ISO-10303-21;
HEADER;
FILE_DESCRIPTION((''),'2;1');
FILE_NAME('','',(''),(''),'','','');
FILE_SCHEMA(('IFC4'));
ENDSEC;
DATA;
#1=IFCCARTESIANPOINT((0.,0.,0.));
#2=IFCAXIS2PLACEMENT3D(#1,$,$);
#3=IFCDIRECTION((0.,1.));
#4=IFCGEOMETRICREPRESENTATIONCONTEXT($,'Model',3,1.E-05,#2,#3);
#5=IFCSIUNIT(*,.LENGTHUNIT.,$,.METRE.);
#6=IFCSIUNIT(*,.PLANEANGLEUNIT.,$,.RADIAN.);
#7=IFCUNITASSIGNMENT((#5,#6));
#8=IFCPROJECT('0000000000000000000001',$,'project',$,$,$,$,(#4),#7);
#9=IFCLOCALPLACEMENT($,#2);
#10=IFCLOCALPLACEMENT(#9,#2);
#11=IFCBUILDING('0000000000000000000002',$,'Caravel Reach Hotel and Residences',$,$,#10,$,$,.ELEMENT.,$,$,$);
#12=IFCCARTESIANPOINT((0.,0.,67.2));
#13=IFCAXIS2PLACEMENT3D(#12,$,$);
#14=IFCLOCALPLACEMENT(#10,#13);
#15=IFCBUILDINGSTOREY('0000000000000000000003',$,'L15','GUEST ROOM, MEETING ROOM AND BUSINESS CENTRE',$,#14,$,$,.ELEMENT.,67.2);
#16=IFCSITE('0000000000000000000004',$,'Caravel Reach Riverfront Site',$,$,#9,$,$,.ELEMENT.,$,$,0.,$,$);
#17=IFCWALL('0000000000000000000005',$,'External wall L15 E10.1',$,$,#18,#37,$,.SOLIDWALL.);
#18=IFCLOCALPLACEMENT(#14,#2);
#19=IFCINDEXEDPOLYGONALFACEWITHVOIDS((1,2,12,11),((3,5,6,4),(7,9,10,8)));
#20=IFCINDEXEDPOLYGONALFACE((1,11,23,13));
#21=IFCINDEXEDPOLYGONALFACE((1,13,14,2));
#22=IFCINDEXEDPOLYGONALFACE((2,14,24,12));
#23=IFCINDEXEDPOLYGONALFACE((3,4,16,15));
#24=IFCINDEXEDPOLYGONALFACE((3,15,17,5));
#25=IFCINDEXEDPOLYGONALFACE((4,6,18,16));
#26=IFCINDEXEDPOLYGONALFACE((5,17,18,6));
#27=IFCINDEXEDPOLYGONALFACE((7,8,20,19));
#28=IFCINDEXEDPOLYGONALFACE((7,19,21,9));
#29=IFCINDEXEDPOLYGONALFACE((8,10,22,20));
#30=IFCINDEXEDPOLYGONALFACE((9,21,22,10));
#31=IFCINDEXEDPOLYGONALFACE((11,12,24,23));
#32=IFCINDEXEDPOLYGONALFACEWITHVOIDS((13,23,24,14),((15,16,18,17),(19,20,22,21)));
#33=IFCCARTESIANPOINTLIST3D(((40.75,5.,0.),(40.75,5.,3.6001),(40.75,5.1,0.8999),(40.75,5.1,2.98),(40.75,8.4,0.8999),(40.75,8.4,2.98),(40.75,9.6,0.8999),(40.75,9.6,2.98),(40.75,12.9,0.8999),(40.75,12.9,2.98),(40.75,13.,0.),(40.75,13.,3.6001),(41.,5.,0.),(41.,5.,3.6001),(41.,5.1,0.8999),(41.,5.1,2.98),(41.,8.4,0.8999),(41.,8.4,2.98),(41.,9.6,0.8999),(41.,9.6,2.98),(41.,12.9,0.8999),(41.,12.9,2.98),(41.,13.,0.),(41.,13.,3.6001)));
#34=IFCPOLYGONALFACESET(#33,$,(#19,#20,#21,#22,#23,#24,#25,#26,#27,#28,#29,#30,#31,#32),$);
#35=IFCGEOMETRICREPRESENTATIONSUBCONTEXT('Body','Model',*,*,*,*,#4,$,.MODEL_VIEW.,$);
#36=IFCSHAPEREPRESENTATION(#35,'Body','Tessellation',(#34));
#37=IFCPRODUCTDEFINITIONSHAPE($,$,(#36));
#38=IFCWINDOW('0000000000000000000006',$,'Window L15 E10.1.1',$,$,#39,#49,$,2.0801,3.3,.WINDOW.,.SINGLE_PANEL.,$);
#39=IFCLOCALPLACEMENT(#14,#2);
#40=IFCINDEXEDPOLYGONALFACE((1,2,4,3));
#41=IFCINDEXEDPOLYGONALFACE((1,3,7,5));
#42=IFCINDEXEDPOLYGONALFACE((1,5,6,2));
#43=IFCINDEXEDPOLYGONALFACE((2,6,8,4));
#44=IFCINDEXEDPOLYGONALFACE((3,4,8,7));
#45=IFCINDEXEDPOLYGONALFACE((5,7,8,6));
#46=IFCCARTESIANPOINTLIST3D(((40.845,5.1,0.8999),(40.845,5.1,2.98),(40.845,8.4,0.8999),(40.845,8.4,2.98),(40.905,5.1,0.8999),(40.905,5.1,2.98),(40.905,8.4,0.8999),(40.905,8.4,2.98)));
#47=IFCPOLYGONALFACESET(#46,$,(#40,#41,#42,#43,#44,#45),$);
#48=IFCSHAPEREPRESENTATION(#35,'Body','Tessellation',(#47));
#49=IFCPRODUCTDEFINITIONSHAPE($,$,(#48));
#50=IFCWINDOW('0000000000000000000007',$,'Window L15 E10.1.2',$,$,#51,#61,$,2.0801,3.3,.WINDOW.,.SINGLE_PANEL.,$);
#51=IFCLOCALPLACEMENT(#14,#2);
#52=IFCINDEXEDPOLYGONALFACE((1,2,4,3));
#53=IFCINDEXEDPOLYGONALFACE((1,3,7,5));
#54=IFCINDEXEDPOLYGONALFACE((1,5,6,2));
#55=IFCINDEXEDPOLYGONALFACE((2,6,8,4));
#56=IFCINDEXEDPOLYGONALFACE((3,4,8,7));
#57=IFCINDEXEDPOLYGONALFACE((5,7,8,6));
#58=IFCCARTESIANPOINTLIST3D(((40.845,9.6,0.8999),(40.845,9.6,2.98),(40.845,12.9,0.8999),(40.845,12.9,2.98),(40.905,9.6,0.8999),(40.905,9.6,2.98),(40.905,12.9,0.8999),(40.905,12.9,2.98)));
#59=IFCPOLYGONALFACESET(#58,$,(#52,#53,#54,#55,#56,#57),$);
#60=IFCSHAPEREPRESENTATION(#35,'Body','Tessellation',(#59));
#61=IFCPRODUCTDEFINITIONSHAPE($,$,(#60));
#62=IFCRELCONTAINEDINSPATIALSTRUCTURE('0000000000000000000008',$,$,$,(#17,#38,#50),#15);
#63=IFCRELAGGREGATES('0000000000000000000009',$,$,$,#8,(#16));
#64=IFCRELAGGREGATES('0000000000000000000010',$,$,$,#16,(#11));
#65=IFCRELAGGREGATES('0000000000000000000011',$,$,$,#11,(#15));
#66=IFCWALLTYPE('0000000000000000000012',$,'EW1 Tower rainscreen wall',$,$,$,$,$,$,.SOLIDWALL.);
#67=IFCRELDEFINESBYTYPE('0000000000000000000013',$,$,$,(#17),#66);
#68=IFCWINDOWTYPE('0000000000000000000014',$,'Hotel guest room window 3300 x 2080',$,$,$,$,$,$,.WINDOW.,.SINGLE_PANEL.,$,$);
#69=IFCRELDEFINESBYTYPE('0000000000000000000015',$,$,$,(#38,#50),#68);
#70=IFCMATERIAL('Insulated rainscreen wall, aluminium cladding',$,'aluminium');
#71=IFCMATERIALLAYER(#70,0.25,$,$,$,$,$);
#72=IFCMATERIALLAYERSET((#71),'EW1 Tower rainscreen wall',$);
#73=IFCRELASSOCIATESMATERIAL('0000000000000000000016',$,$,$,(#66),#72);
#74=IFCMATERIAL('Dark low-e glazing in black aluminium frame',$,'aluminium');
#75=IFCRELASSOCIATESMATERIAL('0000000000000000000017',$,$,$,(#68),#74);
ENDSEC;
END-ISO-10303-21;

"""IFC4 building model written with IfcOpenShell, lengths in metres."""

from ifc_helpers import new_model, si_unit, direction, frame, frame_2d, origin, place, context, subcontext, project, spatial, rectangle, extrude, material, layer, layer_set, type_object, element, fill, save


model = new_model("IFC4")

# Units and contexts
model_context = context("Model", 3, precision=1e-05, world=origin(), true_north=direction((0.0, 1.0)))
body_context = subcontext(model_context, "Body", "Model", "MODEL_VIEW")
ifc_project = project(units=[si_unit("LENGTHUNIT", "METRE"), si_unit("PLANEANGLEUNIT", "RADIAN")], contexts=[model_context])

# Site, building, storey
site_placement = place(None, origin())
site = spatial("IfcSite", under=ifc_project, at=site_placement, Name="Caravel Reach Riverfront Site", CompositionType="ELEMENT", RefElevation=0.0)
building_placement = place(site_placement, origin())
building = spatial("IfcBuilding", under=site, at=building_placement, Name="Caravel Reach Hotel and Residences", CompositionType="ELEMENT")
storey_placement = place(building_placement, frame((0.0, 0.0, 67.2)))
storey = spatial("IfcBuildingStorey", under=building, at=storey_placement, Name="L15", Description="GUEST ROOM, MEETING ROOM AND BUSINESS CENTRE", CompositionType="ELEMENT", Elevation=67.2)

# Shared definitions
ifc_material_1 = material(Name="Insulated rainscreen wall, aluminium cladding", Category="aluminium")
ifc_layer = layer(ifc_material_1, 0.25)
ifc_layer_set = layer_set([ifc_layer], Name="EW1 Tower rainscreen wall")
wall_type = type_object("IfcWallType", Name="EW1 Tower rainscreen wall", PredefinedType="SOLIDWALL", material=ifc_layer_set)

# Wall, openings, windows
wall_1_placement = place(storey_placement, frame((40.875, 5.0, 0.0), z_axis=(0.0, 0.0, 1.0), x_axis=(0.0, 1.0, 0.0)))
wall_1 = element("IfcWall", 1, at=wall_1_placement, inside=storey, type_object=wall_type, Name="External wall L15 E10.1", PredefinedType="SOLIDWALL", context=body_context, shape_type="SweptSolid", body=[
    extrude(rectangle(XDim=8.0, YDim=0.25, at=frame_2d((4.0, 0.0))), origin(), (0.0, 0.0, 1.0), 3.6001),
])
opening_1_placement = place(wall_1_placement, frame((0.1001, 0.0, 0.8999)))
opening_1 = element("IfcOpeningElement", 2, at=opening_1_placement, cuts=wall_1, PredefinedType="OPENING", context=body_context, shape_type="SweptSolid", body=[
    extrude(rectangle(XDim=3.3, YDim=2.0801, at=frame_2d((1.6499, 1.04))), frame((0.0, 0.135, 0.0), z_axis=(0.0, -1.0, 0.0), x_axis=(1.0, 0.0, 0.0)), (0.0, 0.0, 1.0), 0.27),
])
opening_2_placement = place(wall_1_placement, frame((4.6001, 0.0, 0.8999)))
opening_2 = element("IfcOpeningElement", 3, at=opening_2_placement, cuts=wall_1, PredefinedType="OPENING", context=body_context, shape_type="SweptSolid", body=[
    extrude(rectangle(XDim=3.3, YDim=2.0801, at=frame_2d((1.6499, 1.04))), frame((0.0, 0.135, 0.0), z_axis=(0.0, -1.0, 0.0), x_axis=(1.0, 0.0, 0.0)), (0.0, 0.0, 1.0), 0.27),
])
ifc_material_2 = material(Name="Dark low-e glazing in black aluminium frame", Category="aluminium")
window_type_1 = type_object("IfcWindowType", Name="Hotel guest room window 3300 x 2080", PartitioningType="SINGLE_PANEL", PredefinedType="WINDOW", material=ifc_material_2)
window_1_placement = place(opening_1_placement, origin())
window_1 = element("IfcWindow", 4, at=window_1_placement, inside=storey, type_object=window_type_1, Name="Window L15 E10.1.1", OverallHeight=2.0801, OverallWidth=3.3, PartitioningType="SINGLE_PANEL", PredefinedType="WINDOW", context=body_context, shape_type="SweptSolid", body=[
    extrude(rectangle(XDim=3.3, YDim=2.0801, at=frame_2d((1.6499, 1.04))), frame((0.0, 0.03, 0.0), z_axis=(0.0, -1.0, 0.0), x_axis=(1.0, 0.0, 0.0)), (0.0, 0.0, 1.0), 0.0601),
])
fill(opening_1, window_1)
window_2_placement = place(opening_2_placement, origin())
window_2 = element("IfcWindow", 5, at=window_2_placement, inside=storey, type_object=window_type_1, Name="Window L15 E10.1.2", OverallHeight=2.0801, OverallWidth=3.3, PartitioningType="SINGLE_PANEL", PredefinedType="WINDOW", context=body_context, shape_type="SweptSolid", body=[
    extrude(rectangle(XDim=3.3, YDim=2.0801, at=frame_2d((1.6499, 1.04))), frame((0.0, 0.03, 0.0), z_axis=(0.0, -1.0, 0.0), x_axis=(1.0, 0.0, 0.0)), (0.0, 0.0, 1.0), 0.0601),
])
fill(opening_2, window_2)

save(model, "model.ifc")
